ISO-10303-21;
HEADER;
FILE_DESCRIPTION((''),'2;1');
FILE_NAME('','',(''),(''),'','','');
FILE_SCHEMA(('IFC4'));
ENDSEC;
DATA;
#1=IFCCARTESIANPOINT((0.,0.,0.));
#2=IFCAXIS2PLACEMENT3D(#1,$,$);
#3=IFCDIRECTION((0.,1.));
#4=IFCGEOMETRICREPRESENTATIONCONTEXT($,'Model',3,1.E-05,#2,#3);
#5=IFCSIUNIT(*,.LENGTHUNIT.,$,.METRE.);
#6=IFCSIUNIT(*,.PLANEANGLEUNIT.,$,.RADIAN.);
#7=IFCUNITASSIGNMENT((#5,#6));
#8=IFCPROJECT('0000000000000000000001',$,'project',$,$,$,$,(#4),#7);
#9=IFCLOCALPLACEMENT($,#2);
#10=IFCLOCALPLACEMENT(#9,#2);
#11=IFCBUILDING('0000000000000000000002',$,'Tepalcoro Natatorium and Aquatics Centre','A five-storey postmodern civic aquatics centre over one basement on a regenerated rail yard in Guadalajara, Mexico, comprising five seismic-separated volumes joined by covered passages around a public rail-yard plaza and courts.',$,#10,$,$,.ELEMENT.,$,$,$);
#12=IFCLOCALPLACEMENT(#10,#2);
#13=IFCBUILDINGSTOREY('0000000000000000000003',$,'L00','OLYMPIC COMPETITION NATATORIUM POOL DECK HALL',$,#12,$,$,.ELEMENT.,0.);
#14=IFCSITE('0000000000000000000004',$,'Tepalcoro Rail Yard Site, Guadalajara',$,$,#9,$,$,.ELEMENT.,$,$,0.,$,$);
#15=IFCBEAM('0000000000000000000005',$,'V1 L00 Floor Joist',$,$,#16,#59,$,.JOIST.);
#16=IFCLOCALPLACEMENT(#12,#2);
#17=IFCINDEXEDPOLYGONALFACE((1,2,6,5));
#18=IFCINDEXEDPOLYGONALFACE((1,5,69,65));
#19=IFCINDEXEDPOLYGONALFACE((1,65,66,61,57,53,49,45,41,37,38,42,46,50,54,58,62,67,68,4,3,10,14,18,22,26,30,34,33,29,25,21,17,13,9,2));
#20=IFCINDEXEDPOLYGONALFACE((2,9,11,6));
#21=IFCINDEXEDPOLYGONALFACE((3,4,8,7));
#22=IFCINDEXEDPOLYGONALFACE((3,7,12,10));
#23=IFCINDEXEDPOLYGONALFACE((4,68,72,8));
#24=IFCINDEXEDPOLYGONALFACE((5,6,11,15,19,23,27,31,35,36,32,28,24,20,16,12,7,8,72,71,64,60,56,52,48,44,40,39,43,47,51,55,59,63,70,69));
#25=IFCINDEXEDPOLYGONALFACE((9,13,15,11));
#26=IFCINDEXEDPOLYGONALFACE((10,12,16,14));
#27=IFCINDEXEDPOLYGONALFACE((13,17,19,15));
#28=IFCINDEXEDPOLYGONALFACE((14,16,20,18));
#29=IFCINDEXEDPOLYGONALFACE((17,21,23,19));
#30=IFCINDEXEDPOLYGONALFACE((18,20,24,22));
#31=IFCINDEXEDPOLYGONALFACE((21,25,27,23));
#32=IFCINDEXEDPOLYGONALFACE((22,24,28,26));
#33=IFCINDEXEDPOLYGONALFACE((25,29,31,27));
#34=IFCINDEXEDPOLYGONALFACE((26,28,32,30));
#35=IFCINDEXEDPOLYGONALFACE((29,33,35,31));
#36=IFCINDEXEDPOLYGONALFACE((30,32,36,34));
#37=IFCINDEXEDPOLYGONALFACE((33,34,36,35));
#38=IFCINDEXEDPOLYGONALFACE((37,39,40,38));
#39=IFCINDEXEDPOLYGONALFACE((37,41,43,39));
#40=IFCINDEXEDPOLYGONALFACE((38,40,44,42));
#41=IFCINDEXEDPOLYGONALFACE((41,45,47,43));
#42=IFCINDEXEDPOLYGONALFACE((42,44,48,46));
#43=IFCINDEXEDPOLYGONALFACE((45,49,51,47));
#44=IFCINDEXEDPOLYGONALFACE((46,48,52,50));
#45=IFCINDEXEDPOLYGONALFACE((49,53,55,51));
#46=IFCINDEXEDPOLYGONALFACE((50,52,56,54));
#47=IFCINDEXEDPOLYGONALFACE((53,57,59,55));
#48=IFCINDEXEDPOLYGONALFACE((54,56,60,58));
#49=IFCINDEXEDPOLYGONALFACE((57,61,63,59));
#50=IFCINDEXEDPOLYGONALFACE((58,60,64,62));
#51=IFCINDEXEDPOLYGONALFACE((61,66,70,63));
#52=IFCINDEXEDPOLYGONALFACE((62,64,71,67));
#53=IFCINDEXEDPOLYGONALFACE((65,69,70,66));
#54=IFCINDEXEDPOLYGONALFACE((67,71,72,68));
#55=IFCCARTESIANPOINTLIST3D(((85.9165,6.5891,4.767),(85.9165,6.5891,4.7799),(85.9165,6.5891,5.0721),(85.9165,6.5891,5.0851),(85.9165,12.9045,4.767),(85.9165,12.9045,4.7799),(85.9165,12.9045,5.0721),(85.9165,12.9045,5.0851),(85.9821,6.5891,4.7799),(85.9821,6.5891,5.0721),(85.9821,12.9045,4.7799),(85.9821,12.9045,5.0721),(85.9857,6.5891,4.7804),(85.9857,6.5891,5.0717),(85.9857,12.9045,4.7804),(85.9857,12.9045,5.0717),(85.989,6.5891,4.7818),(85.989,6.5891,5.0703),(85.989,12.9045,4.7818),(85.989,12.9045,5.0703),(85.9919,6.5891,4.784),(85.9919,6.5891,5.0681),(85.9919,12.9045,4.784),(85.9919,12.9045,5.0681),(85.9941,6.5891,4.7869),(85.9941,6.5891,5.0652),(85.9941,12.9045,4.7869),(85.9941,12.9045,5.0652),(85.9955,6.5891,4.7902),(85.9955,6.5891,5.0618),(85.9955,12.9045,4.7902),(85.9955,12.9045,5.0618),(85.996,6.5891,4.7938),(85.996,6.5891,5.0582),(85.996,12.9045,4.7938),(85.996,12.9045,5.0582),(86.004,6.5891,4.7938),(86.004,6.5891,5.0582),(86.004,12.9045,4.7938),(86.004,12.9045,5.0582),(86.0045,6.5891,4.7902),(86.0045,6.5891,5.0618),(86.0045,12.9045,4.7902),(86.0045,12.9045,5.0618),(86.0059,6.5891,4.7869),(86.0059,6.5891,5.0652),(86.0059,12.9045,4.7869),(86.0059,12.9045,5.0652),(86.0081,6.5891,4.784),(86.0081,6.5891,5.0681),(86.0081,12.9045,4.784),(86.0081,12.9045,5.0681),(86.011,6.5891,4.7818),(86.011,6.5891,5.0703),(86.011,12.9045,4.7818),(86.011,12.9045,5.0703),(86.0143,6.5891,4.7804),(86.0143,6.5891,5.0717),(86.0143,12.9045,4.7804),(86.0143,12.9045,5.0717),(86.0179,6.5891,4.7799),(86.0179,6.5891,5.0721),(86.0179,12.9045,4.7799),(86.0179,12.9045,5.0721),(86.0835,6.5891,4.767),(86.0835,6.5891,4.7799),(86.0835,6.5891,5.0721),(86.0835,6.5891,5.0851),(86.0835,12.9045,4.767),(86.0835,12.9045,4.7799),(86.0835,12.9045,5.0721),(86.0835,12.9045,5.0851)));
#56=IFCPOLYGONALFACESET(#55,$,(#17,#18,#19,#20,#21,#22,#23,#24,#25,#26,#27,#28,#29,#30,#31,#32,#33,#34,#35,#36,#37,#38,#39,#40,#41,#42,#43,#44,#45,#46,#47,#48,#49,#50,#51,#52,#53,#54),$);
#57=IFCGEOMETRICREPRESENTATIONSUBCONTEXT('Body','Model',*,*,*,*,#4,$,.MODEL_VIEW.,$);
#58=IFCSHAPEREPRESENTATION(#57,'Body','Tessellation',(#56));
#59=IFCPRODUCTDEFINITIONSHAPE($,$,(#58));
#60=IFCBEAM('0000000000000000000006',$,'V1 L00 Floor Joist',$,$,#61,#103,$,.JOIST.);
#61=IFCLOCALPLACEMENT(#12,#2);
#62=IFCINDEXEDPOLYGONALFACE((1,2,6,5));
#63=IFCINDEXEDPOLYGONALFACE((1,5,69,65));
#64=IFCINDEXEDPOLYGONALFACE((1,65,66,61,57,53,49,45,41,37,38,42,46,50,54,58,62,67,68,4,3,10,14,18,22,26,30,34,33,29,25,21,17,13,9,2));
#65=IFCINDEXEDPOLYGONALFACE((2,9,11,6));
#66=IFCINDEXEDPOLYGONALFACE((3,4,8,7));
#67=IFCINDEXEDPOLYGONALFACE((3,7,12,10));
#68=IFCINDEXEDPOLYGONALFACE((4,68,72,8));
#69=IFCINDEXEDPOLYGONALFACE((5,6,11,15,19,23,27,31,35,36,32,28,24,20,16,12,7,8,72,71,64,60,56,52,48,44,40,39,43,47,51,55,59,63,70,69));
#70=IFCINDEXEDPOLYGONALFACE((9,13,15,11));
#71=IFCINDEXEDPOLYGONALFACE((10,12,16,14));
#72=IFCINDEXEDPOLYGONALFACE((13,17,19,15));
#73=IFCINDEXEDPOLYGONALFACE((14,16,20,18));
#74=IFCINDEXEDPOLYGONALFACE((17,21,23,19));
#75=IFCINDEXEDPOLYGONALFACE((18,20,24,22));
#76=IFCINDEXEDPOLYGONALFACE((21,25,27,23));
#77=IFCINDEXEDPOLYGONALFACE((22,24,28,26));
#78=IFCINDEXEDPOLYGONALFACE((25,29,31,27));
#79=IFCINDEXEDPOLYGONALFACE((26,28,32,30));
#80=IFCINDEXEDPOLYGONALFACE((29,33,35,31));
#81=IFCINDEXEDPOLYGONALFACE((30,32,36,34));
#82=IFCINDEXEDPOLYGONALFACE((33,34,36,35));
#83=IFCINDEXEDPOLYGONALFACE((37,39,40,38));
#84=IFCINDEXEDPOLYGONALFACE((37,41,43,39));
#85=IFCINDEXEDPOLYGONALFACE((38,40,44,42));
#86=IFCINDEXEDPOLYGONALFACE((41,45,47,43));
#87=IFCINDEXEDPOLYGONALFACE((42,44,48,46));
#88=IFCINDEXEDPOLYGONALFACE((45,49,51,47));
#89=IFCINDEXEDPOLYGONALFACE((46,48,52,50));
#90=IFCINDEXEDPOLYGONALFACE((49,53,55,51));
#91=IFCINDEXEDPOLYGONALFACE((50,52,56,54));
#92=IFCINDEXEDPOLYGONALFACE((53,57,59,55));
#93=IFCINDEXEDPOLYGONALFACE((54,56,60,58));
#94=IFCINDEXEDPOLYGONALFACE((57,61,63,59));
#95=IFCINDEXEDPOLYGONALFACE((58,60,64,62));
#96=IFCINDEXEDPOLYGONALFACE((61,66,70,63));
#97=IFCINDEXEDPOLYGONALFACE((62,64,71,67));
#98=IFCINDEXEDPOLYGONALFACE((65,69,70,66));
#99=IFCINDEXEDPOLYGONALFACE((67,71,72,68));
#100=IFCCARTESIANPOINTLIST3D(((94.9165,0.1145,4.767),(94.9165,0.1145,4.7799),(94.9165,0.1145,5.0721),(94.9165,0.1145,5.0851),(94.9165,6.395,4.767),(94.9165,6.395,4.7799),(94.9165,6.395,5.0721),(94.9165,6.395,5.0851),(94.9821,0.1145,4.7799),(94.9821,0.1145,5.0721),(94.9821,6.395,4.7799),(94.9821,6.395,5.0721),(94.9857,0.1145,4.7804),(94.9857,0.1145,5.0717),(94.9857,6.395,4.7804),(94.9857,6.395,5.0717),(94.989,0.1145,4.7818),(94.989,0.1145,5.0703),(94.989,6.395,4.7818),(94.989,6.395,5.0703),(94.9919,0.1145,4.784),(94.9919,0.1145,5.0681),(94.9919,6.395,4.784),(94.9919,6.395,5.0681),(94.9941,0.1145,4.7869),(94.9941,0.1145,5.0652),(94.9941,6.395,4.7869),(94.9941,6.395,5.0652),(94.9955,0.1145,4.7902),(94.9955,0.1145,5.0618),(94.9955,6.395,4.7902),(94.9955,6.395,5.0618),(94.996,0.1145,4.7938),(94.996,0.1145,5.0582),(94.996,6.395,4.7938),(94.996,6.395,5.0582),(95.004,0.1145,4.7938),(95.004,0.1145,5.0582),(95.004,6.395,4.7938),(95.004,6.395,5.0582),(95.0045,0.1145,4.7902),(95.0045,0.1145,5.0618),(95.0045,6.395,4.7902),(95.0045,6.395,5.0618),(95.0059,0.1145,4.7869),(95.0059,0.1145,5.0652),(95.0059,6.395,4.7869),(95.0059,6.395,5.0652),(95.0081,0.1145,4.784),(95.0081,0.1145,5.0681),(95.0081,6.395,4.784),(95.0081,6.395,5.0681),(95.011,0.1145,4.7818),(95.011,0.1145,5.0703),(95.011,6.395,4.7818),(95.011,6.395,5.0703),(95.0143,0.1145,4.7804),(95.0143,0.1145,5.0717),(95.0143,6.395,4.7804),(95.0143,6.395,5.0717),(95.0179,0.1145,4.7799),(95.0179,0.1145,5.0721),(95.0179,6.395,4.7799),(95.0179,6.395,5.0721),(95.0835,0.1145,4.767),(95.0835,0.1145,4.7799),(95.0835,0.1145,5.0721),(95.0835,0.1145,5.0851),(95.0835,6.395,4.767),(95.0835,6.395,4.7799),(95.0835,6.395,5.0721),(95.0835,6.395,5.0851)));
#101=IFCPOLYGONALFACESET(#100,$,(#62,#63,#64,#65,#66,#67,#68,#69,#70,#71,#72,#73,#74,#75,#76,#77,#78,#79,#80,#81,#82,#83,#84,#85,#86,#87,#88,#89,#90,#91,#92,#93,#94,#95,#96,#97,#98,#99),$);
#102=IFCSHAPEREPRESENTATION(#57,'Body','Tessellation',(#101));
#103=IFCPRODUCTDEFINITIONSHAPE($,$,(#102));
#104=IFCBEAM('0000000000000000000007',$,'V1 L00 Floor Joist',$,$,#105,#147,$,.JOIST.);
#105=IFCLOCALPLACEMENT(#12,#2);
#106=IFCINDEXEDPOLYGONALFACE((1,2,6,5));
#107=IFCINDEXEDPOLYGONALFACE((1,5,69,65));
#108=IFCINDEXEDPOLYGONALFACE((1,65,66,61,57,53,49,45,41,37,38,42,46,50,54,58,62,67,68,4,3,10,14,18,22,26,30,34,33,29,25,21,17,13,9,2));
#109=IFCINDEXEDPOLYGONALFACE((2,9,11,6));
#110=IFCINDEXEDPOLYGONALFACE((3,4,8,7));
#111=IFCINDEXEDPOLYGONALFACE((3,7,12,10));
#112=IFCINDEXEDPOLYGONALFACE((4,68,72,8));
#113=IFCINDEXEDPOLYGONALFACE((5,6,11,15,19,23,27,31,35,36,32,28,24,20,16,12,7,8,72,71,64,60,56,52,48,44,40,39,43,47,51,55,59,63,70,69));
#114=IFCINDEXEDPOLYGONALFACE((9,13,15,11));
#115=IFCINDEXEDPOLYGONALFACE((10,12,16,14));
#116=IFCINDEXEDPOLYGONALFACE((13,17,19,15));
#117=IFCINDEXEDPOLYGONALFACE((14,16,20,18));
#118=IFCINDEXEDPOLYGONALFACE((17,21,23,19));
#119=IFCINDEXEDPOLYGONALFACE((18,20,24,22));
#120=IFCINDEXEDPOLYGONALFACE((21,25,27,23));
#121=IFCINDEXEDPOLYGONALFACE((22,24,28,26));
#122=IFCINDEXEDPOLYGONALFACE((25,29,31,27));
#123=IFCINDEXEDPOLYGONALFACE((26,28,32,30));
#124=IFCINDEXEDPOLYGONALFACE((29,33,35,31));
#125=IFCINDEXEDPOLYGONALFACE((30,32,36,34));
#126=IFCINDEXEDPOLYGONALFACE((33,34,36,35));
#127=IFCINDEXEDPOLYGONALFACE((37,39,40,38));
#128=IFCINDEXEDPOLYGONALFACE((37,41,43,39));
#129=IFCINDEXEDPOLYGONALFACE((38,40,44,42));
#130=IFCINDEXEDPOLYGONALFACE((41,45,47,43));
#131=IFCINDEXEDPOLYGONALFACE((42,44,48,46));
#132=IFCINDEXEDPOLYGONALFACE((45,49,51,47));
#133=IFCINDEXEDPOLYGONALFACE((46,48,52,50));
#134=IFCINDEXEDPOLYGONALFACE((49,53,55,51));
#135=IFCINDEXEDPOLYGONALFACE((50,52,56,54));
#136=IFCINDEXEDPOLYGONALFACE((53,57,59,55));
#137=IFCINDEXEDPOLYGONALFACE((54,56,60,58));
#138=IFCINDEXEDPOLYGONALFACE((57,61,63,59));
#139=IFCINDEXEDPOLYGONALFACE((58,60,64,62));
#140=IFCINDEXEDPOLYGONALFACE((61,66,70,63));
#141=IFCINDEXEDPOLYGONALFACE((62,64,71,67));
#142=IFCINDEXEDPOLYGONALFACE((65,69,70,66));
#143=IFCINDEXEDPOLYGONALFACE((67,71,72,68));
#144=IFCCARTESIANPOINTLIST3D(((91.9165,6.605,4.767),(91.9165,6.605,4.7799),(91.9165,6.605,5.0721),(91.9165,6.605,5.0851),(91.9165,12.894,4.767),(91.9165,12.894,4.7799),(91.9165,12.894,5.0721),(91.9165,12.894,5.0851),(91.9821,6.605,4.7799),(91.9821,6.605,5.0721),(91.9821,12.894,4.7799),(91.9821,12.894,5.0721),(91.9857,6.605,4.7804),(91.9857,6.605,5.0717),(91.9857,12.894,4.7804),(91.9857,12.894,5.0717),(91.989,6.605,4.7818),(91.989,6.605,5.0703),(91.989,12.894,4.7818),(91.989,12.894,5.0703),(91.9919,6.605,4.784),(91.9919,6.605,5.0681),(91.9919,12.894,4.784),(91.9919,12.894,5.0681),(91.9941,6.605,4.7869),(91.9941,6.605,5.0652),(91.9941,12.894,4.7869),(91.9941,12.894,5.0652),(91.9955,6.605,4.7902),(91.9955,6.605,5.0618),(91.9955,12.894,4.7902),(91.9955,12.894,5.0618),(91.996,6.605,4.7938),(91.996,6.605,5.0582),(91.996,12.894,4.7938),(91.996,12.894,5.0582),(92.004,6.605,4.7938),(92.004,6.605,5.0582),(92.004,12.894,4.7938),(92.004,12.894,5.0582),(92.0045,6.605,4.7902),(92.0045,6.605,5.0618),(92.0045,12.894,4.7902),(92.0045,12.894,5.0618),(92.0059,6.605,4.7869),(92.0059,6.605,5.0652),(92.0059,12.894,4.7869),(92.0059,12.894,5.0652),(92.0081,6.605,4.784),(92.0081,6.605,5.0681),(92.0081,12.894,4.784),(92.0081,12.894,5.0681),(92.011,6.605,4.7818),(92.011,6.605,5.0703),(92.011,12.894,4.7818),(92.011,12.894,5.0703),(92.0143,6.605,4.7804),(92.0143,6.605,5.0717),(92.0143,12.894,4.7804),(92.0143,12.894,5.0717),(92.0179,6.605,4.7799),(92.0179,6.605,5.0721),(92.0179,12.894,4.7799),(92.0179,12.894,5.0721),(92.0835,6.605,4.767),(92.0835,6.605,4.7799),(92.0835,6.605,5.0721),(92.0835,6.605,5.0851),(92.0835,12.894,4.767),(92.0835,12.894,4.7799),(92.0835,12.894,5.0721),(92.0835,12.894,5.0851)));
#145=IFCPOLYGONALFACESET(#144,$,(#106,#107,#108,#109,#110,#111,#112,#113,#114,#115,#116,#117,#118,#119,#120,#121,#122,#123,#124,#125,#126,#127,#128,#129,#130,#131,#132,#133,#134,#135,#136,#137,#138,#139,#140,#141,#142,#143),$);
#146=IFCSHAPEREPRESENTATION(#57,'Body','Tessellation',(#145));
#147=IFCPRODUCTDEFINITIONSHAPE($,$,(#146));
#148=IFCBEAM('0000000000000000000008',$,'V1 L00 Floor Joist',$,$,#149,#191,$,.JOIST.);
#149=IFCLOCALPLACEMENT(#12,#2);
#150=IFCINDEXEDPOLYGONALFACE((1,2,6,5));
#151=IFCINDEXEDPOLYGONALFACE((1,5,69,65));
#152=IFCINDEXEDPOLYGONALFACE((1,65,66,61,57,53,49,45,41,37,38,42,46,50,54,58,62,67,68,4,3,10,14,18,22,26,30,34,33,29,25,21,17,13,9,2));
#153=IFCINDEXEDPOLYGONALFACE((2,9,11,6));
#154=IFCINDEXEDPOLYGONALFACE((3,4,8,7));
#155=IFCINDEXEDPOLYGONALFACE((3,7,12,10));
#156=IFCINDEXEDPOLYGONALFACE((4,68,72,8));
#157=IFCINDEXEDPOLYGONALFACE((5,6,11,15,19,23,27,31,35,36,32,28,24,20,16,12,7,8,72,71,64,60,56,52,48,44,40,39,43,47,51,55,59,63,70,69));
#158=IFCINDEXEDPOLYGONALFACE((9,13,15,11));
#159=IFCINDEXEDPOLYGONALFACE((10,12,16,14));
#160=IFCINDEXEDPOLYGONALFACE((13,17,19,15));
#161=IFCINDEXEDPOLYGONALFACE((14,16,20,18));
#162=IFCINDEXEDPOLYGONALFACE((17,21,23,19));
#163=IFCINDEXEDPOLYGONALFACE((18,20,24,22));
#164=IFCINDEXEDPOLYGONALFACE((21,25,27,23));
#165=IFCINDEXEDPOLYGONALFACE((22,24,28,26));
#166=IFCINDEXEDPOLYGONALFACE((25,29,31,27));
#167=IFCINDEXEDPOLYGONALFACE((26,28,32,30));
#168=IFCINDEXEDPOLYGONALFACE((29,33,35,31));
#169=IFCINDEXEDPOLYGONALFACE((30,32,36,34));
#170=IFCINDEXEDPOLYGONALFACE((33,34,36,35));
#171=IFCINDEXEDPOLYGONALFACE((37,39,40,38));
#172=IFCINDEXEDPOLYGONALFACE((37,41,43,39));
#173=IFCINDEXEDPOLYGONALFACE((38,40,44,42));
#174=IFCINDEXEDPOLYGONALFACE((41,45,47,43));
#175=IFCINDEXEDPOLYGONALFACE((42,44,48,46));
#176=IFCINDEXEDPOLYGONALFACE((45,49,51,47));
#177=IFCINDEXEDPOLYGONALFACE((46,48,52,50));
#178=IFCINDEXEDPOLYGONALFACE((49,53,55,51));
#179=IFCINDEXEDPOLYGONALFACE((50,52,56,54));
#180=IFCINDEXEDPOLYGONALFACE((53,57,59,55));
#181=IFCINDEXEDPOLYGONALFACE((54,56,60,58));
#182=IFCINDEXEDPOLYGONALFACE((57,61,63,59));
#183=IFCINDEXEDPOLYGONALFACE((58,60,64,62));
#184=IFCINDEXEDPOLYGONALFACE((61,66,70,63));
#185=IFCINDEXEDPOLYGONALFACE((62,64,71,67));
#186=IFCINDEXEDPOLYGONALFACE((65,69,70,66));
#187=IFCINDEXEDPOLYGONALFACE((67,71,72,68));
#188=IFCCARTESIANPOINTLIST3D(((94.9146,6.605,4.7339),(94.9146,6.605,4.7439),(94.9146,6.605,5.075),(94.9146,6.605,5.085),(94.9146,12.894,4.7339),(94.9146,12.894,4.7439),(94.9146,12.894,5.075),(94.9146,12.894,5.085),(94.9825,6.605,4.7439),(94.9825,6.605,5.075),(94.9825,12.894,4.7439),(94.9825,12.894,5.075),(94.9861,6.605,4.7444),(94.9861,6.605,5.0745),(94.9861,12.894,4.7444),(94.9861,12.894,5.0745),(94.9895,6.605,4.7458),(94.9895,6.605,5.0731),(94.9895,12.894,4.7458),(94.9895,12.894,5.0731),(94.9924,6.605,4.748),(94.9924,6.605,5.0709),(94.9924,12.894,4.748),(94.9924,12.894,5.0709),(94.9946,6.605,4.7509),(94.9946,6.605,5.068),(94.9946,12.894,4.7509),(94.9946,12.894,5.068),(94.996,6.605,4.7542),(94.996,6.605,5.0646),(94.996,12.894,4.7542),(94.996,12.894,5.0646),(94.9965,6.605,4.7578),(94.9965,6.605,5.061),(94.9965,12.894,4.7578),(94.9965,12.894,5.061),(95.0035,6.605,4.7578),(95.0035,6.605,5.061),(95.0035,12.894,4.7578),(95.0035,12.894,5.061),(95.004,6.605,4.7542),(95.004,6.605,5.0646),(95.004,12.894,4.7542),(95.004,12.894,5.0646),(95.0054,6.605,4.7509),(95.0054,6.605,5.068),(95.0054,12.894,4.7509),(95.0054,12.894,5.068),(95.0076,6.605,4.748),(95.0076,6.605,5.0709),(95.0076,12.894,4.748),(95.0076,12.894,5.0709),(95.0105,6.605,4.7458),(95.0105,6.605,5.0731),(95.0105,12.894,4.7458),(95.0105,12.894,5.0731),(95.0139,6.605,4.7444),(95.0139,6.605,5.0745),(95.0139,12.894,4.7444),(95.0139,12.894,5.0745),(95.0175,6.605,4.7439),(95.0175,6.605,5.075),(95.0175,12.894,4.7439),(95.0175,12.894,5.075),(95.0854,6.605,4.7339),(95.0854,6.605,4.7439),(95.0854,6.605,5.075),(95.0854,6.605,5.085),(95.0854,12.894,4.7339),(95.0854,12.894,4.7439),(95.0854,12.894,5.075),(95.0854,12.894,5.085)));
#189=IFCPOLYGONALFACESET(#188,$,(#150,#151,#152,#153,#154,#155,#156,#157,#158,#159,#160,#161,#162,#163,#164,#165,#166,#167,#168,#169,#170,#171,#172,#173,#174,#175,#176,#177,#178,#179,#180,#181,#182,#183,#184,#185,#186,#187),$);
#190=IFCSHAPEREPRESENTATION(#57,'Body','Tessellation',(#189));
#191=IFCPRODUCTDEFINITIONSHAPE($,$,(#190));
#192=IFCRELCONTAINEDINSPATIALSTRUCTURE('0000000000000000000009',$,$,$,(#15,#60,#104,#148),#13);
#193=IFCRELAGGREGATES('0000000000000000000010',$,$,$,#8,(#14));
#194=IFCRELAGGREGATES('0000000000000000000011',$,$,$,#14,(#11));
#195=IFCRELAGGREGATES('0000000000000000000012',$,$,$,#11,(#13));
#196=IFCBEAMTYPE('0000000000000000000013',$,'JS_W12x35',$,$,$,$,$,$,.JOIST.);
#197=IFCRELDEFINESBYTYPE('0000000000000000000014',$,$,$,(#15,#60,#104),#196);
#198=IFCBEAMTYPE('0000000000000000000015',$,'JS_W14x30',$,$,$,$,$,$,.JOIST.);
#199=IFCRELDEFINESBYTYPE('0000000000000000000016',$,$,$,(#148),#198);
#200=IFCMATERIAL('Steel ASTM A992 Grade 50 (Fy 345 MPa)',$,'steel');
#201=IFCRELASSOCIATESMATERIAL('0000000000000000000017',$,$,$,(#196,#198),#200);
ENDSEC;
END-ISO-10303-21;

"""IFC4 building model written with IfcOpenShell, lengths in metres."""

from ifc_helpers import new_model, si_unit, direction, frame, origin, origin_2d, place, context, subcontext, project, spatial, i_section, extrude, material, material_profile, profile_set, type_object, element, save


model = new_model("IFC4")

# Units and contexts
model_context = context("Model", 3, precision=1e-05, world=origin(), true_north=direction((0.0, 1.0)))
body_context = subcontext(model_context, "Body", "Model", "MODEL_VIEW")
ifc_project = project(units=[si_unit("LENGTHUNIT", "METRE"), si_unit("PLANEANGLEUNIT", "RADIAN")], contexts=[model_context])

# Site, building, storey
site_placement = place(None, origin())
site = spatial("IfcSite", under=ifc_project, at=site_placement, Name="Tepalcoro Rail Yard Site, Guadalajara", CompositionType="ELEMENT", RefElevation=0.0)
building_placement = place(site_placement, origin())
building = spatial("IfcBuilding", under=site, at=building_placement, Name="Tepalcoro Natatorium and Aquatics Centre", Description="A five-storey postmodern civic aquatics centre over one basement on a regenerated rail yard in Guadalajara, Mexico, comprising five seismic-separated volumes joined by covered passages around a public rail-yard plaza and courts.", CompositionType="ELEMENT")
storey_placement = place(building_placement, origin())
storey = spatial("IfcBuildingStorey", under=building, at=storey_placement, Name="L00", Description="OLYMPIC COMPETITION NATATORIUM POOL DECK HALL", CompositionType="ELEMENT", Elevation=0.0)

# Beams
ifc_material_1 = material(Name="Steel ASTM A992 Grade 50 (Fy 345 MPa)", Category="steel")
ifc_material_profile_1 = material_profile(ifc_material_1, i_section(OverallWidth=0.167, OverallDepth=0.3181, WebThickness=0.0081, FlangeThickness=0.0129, FilletRadius=0.0139, at=origin_2d()), Name="W12X35")
ifc_profile_set_1 = profile_set([ifc_material_profile_1], Name="Steel ASTM A992 Grade 50 (Fy 345 MPa)")
beam_type_1 = type_object("IfcBeamType", Name="JS_W12x35", PredefinedType="JOIST", material=ifc_profile_set_1)
beam_1_placement = place(storey_placement, frame((86.0, 6.5891, 4.926), z_axis=(0.0, 1.0, 0.0), x_axis=(-1.0, 0.0, 0.0)))
element("IfcBeam", 1, at=beam_1_placement, inside=storey, type_object=beam_type_1, Name="V1 L00 Floor Joist", PredefinedType="JOIST", context=body_context, shape_type="SweptSolid", body=[
    extrude(i_section(OverallWidth=0.167, OverallDepth=0.3181, WebThickness=0.0081, FlangeThickness=0.0129, FilletRadius=0.0139, at=origin_2d()), origin(), (0.0, 0.0, 1.0), 6.3154),
])
beam_2_placement = place(storey_placement, frame((95.0, 0.1145, 4.926), z_axis=(0.0, 1.0, 0.0), x_axis=(-1.0, 0.0, 0.0)))
element("IfcBeam", 2, at=beam_2_placement, inside=storey, type_object=beam_type_1, Name="V1 L00 Floor Joist", PredefinedType="JOIST", context=body_context, shape_type="SweptSolid", body=[
    extrude(i_section(OverallWidth=0.167, OverallDepth=0.3181, WebThickness=0.0081, FlangeThickness=0.0129, FilletRadius=0.0139, at=origin_2d()), origin(), (0.0, 0.0, 1.0), 6.2805),
])
beam_3_placement = place(storey_placement, frame((92.0, 6.605, 4.926), z_axis=(0.0, 1.0, 0.0), x_axis=(-1.0, 0.0, 0.0)))
element("IfcBeam", 3, at=beam_3_placement, inside=storey, type_object=beam_type_1, Name="V1 L00 Floor Joist", PredefinedType="JOIST", context=body_context, shape_type="SweptSolid", body=[
    extrude(i_section(OverallWidth=0.167, OverallDepth=0.3181, WebThickness=0.0081, FlangeThickness=0.0129, FilletRadius=0.0139, at=origin_2d()), origin(), (0.0, 0.0, 1.0), 6.2891),
])
ifc_material_profile_2 = material_profile(ifc_material_1, i_section(OverallWidth=0.1709, OverallDepth=0.3511, WebThickness=0.0071, FlangeThickness=0.01, FilletRadius=0.0139, at=origin_2d()), Name="W14X30")
ifc_profile_set_2 = profile_set([ifc_material_profile_2], Name="Steel ASTM A992 Grade 50 (Fy 345 MPa)")
beam_type_2 = type_object("IfcBeamType", Name="JS_W14x30", PredefinedType="JOIST", material=ifc_profile_set_2)
beam_4_placement = place(storey_placement, frame((95.0, 6.605, 4.9094), z_axis=(0.0, 1.0, 0.0), x_axis=(-1.0, 0.0, 0.0)))
element("IfcBeam", 4, at=beam_4_placement, inside=storey, type_object=beam_type_2, Name="V1 L00 Floor Joist", PredefinedType="JOIST", context=body_context, shape_type="SweptSolid", body=[
    extrude(i_section(OverallWidth=0.1709, OverallDepth=0.3511, WebThickness=0.0071, FlangeThickness=0.01, FilletRadius=0.0139, at=origin_2d()), origin(), (0.0, 0.0, 1.0), 6.2891),
])

save(model, "model.ifc")
